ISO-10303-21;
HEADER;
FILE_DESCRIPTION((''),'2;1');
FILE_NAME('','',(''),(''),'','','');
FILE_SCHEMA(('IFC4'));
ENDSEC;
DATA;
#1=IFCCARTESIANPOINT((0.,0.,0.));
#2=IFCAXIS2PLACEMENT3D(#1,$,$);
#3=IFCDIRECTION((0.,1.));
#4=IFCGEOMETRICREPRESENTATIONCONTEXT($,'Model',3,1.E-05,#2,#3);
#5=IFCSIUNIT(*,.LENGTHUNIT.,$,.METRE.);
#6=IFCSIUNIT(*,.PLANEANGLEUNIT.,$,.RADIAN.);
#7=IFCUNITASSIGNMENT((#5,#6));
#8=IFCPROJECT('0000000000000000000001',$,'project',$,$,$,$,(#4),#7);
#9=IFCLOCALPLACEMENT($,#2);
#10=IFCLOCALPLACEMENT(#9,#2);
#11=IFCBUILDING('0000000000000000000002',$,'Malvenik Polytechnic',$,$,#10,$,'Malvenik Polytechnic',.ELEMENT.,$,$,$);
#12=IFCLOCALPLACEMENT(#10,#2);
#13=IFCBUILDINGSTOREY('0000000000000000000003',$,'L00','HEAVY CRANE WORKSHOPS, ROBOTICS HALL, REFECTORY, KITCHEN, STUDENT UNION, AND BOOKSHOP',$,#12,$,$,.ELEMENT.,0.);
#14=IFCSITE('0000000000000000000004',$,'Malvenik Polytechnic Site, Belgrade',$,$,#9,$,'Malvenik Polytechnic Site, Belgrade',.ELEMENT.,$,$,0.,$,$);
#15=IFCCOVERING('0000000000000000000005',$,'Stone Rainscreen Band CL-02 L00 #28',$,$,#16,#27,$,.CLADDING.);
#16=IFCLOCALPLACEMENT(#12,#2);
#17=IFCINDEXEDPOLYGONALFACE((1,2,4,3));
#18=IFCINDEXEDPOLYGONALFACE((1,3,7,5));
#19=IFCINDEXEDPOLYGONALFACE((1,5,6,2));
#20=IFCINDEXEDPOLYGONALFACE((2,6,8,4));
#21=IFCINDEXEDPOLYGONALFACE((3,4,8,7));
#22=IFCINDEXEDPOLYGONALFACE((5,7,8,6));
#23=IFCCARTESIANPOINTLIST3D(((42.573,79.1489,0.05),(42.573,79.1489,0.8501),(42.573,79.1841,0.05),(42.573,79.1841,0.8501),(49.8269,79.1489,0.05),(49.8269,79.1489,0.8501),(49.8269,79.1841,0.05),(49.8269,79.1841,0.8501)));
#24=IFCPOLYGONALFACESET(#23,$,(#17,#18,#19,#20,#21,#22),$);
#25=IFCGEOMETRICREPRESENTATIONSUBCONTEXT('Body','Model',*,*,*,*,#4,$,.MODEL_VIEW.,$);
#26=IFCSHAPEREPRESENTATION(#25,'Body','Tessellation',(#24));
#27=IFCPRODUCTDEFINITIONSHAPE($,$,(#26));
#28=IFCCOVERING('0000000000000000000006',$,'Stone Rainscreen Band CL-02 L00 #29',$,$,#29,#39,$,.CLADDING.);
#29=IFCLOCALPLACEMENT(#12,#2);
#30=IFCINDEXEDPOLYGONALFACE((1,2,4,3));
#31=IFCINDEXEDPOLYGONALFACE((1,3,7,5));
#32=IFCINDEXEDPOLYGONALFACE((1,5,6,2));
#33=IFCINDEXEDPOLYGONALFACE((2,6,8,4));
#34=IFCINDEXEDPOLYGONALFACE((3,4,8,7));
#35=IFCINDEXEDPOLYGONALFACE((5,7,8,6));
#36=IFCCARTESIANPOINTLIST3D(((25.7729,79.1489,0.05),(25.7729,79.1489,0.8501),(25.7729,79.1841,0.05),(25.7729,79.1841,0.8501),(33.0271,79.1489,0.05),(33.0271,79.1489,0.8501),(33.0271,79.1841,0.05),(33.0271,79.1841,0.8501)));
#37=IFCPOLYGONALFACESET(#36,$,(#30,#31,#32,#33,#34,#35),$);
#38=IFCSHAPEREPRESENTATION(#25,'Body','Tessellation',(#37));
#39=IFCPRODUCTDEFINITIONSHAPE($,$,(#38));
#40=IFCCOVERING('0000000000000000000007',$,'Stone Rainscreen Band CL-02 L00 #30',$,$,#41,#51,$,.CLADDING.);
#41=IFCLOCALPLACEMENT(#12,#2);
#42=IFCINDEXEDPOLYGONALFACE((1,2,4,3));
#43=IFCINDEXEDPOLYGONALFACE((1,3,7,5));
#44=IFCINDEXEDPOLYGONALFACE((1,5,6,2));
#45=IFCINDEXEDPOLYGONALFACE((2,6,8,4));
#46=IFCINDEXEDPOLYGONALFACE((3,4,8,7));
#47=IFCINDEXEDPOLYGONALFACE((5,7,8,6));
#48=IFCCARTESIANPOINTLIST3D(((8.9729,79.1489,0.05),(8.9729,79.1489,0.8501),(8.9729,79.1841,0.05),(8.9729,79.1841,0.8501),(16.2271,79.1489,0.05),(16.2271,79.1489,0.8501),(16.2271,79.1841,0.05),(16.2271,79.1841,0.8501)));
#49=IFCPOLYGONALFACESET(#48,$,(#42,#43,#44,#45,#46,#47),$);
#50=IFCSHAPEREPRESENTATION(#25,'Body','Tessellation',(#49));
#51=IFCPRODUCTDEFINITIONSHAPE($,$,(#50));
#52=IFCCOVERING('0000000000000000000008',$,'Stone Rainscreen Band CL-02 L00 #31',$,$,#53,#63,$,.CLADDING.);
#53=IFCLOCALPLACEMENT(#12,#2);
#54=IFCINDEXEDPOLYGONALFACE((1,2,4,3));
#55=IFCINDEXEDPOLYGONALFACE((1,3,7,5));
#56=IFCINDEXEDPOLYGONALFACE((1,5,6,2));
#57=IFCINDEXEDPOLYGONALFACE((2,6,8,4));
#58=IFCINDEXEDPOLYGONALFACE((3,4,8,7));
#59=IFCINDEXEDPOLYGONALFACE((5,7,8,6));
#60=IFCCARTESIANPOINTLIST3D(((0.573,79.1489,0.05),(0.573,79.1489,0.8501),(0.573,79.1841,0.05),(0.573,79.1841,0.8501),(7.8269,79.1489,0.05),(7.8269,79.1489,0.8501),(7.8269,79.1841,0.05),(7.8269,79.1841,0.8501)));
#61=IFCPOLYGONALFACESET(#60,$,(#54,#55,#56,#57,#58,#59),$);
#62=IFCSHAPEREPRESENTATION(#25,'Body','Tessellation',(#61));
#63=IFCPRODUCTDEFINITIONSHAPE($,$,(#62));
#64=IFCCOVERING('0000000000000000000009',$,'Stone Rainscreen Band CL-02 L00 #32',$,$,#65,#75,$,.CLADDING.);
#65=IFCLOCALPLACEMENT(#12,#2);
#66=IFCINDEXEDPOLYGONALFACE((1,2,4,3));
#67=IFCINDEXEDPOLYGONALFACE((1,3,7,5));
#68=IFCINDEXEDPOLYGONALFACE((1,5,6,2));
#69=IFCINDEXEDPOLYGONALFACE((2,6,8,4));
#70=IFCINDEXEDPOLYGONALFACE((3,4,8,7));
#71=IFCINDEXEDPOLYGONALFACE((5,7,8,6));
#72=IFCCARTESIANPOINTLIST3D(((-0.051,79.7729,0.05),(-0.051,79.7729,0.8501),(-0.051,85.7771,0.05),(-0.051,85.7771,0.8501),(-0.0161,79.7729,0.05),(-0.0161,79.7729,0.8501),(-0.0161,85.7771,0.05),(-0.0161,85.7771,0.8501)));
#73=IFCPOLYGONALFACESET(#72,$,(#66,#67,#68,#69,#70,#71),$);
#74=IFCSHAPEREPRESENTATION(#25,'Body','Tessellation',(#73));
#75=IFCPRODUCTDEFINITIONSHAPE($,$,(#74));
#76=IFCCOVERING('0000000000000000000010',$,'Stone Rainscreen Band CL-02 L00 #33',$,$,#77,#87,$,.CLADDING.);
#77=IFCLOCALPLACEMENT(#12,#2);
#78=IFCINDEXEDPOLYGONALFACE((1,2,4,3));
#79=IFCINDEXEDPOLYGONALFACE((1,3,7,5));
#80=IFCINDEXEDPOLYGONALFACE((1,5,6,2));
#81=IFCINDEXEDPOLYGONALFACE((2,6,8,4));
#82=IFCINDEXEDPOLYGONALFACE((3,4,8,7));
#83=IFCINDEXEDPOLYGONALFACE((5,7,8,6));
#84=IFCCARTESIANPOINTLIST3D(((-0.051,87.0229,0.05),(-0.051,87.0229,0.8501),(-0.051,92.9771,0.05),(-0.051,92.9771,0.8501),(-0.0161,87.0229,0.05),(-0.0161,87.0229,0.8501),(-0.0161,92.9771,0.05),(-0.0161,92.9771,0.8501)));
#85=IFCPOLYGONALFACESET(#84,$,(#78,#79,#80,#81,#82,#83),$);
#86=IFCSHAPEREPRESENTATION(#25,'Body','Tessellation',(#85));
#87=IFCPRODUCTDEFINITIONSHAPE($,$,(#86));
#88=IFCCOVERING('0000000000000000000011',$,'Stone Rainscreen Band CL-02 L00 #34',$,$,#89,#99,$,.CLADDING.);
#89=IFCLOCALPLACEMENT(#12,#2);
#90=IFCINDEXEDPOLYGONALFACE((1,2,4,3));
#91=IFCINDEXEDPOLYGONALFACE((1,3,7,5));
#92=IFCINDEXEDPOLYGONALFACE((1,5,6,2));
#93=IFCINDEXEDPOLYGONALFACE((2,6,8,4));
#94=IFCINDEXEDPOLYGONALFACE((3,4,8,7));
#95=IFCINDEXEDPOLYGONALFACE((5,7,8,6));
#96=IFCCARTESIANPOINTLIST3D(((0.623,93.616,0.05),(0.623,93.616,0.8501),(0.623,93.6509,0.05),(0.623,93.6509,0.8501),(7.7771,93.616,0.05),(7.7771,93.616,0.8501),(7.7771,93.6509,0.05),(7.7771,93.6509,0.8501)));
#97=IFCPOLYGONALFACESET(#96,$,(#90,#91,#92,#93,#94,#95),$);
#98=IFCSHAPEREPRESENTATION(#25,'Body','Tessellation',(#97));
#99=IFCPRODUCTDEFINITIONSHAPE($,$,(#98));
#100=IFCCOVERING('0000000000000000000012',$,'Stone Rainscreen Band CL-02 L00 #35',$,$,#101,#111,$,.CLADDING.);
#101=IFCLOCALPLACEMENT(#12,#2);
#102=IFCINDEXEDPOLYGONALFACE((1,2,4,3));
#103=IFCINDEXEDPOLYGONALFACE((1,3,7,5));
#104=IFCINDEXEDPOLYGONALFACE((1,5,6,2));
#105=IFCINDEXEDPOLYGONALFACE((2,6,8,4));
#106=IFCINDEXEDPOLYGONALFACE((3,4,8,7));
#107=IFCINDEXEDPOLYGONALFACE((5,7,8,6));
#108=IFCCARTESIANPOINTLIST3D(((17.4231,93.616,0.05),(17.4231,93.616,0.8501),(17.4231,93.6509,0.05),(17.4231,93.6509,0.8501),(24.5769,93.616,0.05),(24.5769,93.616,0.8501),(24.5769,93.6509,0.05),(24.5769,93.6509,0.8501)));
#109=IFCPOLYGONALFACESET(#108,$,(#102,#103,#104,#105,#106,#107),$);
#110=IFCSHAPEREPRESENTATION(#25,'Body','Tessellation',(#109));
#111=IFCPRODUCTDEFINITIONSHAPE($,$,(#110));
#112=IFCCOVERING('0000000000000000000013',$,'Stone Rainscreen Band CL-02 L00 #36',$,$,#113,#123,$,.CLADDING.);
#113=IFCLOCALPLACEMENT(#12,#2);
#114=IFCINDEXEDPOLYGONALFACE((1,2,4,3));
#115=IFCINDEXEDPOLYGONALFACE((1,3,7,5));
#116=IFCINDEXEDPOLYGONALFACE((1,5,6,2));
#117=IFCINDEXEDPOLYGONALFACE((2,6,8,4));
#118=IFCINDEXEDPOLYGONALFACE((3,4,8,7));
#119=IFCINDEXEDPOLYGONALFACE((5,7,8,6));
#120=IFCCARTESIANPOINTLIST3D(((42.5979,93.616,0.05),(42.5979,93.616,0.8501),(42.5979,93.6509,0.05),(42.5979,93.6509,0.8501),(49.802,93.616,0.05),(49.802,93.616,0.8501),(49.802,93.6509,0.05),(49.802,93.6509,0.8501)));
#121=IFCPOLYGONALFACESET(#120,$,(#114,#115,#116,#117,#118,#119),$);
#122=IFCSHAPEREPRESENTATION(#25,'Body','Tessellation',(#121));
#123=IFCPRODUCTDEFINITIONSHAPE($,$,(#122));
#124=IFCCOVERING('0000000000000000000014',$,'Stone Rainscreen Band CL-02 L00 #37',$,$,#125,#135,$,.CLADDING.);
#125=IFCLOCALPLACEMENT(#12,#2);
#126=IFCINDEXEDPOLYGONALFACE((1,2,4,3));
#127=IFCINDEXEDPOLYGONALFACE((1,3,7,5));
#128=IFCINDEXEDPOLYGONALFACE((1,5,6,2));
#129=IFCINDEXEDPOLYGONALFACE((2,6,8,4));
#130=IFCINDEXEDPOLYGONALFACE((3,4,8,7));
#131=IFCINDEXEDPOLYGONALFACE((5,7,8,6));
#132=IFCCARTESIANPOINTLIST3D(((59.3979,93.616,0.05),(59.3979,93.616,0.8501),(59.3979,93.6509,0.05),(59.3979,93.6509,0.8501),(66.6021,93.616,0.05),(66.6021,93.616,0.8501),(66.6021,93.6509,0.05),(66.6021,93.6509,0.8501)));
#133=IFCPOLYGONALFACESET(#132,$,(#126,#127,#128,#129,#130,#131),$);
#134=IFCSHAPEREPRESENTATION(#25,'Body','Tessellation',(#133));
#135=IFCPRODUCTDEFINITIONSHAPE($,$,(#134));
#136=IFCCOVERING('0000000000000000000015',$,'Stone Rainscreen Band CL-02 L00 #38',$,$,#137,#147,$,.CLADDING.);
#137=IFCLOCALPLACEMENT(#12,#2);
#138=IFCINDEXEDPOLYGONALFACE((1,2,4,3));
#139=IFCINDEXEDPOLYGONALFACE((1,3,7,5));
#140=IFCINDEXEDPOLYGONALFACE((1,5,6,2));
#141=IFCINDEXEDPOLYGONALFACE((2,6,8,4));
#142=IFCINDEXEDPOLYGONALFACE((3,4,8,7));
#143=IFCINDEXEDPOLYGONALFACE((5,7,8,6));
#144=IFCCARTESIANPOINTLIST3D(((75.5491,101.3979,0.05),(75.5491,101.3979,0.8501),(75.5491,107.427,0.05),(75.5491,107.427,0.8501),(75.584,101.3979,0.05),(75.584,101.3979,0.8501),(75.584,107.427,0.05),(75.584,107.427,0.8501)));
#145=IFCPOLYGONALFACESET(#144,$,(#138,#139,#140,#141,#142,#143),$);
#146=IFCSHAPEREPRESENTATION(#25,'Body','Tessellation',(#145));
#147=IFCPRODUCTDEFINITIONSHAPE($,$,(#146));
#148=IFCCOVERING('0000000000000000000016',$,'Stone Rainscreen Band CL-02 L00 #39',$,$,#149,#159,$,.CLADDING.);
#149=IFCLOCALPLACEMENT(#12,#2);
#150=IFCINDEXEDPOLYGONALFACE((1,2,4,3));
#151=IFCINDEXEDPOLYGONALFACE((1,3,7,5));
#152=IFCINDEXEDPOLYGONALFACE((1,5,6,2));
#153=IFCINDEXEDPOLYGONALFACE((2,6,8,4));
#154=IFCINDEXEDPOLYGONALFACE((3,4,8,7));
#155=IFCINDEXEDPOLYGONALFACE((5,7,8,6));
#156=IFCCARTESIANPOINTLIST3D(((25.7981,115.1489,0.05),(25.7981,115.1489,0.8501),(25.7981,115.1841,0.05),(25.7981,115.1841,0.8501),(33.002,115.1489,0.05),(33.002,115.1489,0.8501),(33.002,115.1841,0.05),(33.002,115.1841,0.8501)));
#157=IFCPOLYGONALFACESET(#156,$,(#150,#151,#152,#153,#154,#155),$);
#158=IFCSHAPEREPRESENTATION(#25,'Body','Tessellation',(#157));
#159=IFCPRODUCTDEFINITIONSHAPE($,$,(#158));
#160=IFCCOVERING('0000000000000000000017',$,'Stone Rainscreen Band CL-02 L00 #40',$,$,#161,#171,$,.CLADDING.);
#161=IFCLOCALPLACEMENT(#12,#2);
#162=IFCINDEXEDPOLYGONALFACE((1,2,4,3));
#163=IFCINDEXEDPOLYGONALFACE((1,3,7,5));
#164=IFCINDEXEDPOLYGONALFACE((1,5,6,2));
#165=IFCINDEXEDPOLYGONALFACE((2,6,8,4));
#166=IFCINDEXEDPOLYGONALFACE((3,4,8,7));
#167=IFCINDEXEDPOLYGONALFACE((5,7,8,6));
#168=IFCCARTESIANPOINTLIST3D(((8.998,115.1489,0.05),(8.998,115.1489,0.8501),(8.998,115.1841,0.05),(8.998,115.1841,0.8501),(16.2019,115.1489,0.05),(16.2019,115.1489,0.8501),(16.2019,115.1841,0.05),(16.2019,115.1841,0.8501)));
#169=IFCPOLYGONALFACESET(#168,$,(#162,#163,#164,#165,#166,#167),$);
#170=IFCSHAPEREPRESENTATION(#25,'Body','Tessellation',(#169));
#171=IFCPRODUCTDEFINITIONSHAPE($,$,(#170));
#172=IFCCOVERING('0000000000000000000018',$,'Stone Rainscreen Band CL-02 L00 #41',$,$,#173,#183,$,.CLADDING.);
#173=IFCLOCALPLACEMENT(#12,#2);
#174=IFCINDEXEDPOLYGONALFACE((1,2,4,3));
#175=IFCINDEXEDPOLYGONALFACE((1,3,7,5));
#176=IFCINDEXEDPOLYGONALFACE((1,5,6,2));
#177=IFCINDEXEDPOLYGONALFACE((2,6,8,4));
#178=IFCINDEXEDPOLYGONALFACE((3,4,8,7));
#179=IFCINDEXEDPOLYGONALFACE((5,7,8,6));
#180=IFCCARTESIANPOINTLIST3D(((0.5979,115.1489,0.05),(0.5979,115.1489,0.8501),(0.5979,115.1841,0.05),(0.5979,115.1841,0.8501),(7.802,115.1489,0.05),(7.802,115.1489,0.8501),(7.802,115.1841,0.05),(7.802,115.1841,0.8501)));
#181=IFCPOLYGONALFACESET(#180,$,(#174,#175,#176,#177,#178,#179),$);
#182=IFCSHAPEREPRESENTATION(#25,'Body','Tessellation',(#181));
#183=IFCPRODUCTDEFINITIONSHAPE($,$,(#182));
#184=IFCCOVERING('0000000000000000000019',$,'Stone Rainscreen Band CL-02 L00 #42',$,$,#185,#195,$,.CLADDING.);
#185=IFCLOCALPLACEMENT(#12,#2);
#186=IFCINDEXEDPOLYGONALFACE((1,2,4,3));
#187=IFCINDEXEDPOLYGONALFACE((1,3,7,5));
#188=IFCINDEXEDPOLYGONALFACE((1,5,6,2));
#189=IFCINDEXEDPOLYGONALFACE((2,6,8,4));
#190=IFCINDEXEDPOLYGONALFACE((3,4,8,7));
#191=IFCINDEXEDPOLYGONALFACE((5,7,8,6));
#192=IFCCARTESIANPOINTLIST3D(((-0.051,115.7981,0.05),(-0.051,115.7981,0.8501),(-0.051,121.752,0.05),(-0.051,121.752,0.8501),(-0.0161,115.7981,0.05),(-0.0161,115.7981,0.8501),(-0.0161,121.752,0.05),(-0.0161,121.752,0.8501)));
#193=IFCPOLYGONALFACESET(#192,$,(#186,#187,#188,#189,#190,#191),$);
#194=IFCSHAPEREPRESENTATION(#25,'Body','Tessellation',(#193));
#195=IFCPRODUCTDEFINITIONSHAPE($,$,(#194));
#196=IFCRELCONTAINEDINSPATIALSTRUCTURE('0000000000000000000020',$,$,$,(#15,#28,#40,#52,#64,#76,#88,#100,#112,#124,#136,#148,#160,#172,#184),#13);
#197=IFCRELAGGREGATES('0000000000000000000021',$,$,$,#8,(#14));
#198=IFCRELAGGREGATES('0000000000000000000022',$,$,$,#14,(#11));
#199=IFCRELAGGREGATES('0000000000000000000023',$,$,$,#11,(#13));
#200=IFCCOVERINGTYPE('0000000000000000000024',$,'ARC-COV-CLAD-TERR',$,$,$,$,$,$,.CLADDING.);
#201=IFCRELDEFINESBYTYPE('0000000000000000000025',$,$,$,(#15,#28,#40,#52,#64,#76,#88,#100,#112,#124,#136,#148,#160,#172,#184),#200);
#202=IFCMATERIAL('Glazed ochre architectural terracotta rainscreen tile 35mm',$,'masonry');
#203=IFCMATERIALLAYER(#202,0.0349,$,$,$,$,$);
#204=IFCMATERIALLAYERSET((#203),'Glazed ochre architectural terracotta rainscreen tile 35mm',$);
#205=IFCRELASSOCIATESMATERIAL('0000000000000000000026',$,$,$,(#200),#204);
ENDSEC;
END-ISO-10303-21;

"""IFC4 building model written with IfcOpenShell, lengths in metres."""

from ifc_helpers import new_model, si_unit, direction, frame, origin, place, context, subcontext, project, spatial, polyline, outline, extrude, material, layer, layer_set, type_object, element, save


model = new_model("IFC4")

# Units and contexts
model_context = context("Model", 3, precision=1e-05, world=origin(), true_north=direction((0.0, 1.0)))
body_context = subcontext(model_context, "Body", "Model", "MODEL_VIEW")
ifc_project = project(units=[si_unit("LENGTHUNIT", "METRE"), si_unit("PLANEANGLEUNIT", "RADIAN")], contexts=[model_context])

# Site, building, storey
site_placement = place(None, origin())
site = spatial("IfcSite", under=ifc_project, at=site_placement, Name="Malvenik Polytechnic Site, Belgrade", LongName="Malvenik Polytechnic Site, Belgrade", CompositionType="ELEMENT", RefElevation=0.0)
building_placement = place(site_placement, origin())
building = spatial("IfcBuilding", under=site, at=building_placement, Name="Malvenik Polytechnic", LongName="Malvenik Polytechnic", CompositionType="ELEMENT")
storey_placement = place(building_placement, origin())
storey = spatial("IfcBuildingStorey", under=building, at=storey_placement, Name="L00", Description="HEAVY CRANE WORKSHOPS, ROBOTICS HALL, REFECTORY, KITCHEN, STUDENT UNION, AND BOOKSHOP", CompositionType="ELEMENT", Elevation=0.0)

# Coverings
ifc_material_1 = material(Name="Glazed ochre architectural terracotta rainscreen tile 35mm", Category="masonry")
ifc_layer_1 = layer(ifc_material_1, 0.0349)
ifc_layer_set_1 = layer_set([ifc_layer_1], Name="Glazed ochre architectural terracotta rainscreen tile 35mm")
covering_type = type_object("IfcCoveringType", Name="ARC-COV-CLAD-TERR", PredefinedType="CLADDING", material=ifc_layer_set_1)
covering_1_placement = place(storey_placement, frame((0.0, 0.0, 0.05)))
element("IfcCovering", 1, at=covering_1_placement, inside=storey, type_object=covering_type, Name="Stone Rainscreen Band CL-02 L00 #28", PredefinedType="CLADDING", context=body_context, shape_type="SweptSolid", body=[
    extrude(outline(polyline([(49.8269, 79.1841), (42.573, 79.1841), (42.573, 79.1489), (49.8269, 79.1489), (49.8269, 79.1841)])), origin(), (0.0, 0.0, 1.0), 0.8),
])
covering_2_placement = place(storey_placement, frame((0.0, 0.0, 0.05)))
element("IfcCovering", 2, at=covering_2_placement, inside=storey, type_object=covering_type, Name="Stone Rainscreen Band CL-02 L00 #29", PredefinedType="CLADDING", context=body_context, shape_type="SweptSolid", body=[
    extrude(outline(polyline([(33.0271, 79.1841), (25.7729, 79.1841), (25.7729, 79.1489), (33.0271, 79.1489), (33.0271, 79.1841)])), origin(), (0.0, 0.0, 1.0), 0.8),
])
covering_3_placement = place(storey_placement, frame((0.0, 0.0, 0.05)))
element("IfcCovering", 3, at=covering_3_placement, inside=storey, type_object=covering_type, Name="Stone Rainscreen Band CL-02 L00 #30", PredefinedType="CLADDING", context=body_context, shape_type="SweptSolid", body=[
    extrude(outline(polyline([(16.2271, 79.1841), (8.9729, 79.1841), (8.9729, 79.1489), (16.2271, 79.1489), (16.2271, 79.1841)])), origin(), (0.0, 0.0, 1.0), 0.8),
])
covering_4_placement = place(storey_placement, frame((0.0, 0.0, 0.05)))
element("IfcCovering", 4, at=covering_4_placement, inside=storey, type_object=covering_type, Name="Stone Rainscreen Band CL-02 L00 #31", PredefinedType="CLADDING", context=body_context, shape_type="SweptSolid", body=[
    extrude(outline(polyline([(7.8269, 79.1841), (0.573, 79.1841), (0.573, 79.1489), (7.8269, 79.1489), (7.8269, 79.1841)])), origin(), (0.0, 0.0, 1.0), 0.8),
])
covering_5_placement = place(storey_placement, frame((0.0, 0.0, 0.05)))
element("IfcCovering", 5, at=covering_5_placement, inside=storey, type_object=covering_type, Name="Stone Rainscreen Band CL-02 L00 #32", PredefinedType="CLADDING", context=body_context, shape_type="SweptSolid", body=[
    extrude(outline(polyline([(-0.0161, 79.7729), (-0.0161, 85.7771), (-0.051, 85.7771), (-0.051, 79.7729), (-0.0161, 79.7729)])), origin(), (0.0, 0.0, 1.0), 0.8),
])
covering_6_placement = place(storey_placement, frame((0.0, 0.0, 0.05)))
element("IfcCovering", 6, at=covering_6_placement, inside=storey, type_object=covering_type, Name="Stone Rainscreen Band CL-02 L00 #33", PredefinedType="CLADDING", context=body_context, shape_type="SweptSolid", body=[
    extrude(outline(polyline([(-0.0161, 87.0229), (-0.0161, 92.9771), (-0.051, 92.9771), (-0.051, 87.0229), (-0.0161, 87.0229)])), origin(), (0.0, 0.0, 1.0), 0.8),
])
covering_7_placement = place(storey_placement, frame((0.0, 0.0, 0.05)))
element("IfcCovering", 7, at=covering_7_placement, inside=storey, type_object=covering_type, Name="Stone Rainscreen Band CL-02 L00 #34", PredefinedType="CLADDING", context=body_context, shape_type="SweptSolid", body=[
    extrude(outline(polyline([(0.623, 93.616), (7.7771, 93.616), (7.7771, 93.6509), (0.623, 93.6509), (0.623, 93.616)])), origin(), (0.0, 0.0, 1.0), 0.8),
])
covering_8_placement = place(storey_placement, frame((0.0, 0.0, 0.05)))
element("IfcCovering", 8, at=covering_8_placement, inside=storey, type_object=covering_type, Name="Stone Rainscreen Band CL-02 L00 #35", PredefinedType="CLADDING", context=body_context, shape_type="SweptSolid", body=[
    extrude(outline(polyline([(17.4231, 93.616), (24.5769, 93.616), (24.5769, 93.6509), (17.4231, 93.6509), (17.4231, 93.616)])), origin(), (0.0, 0.0, 1.0), 0.8),
])
covering_9_placement = place(storey_placement, frame((0.0, 0.0, 0.05)))
element("IfcCovering", 9, at=covering_9_placement, inside=storey, type_object=covering_type, Name="Stone Rainscreen Band CL-02 L00 #36", PredefinedType="CLADDING", context=body_context, shape_type="SweptSolid", body=[
    extrude(outline(polyline([(42.5979, 93.616), (49.802, 93.616), (49.802, 93.6509), (42.5979, 93.6509), (42.5979, 93.616)])), origin(), (0.0, 0.0, 1.0), 0.8),
])
covering_10_placement = place(storey_placement, frame((0.0, 0.0, 0.05)))
element("IfcCovering", 10, at=covering_10_placement, inside=storey, type_object=covering_type, Name="Stone Rainscreen Band CL-02 L00 #37", PredefinedType="CLADDING", context=body_context, shape_type="SweptSolid", body=[
    extrude(outline(polyline([(59.3979, 93.616), (66.6021, 93.616), (66.6021, 93.6509), (59.3979, 93.6509), (59.3979, 93.616)])), origin(), (0.0, 0.0, 1.0), 0.8),
])
covering_11_placement = place(storey_placement, frame((0.0, 0.0, 0.05)))
element("IfcCovering", 11, at=covering_11_placement, inside=storey, type_object=covering_type, Name="Stone Rainscreen Band CL-02 L00 #38", PredefinedType="CLADDING", context=body_context, shape_type="SweptSolid", body=[
    extrude(outline(polyline([(75.584, 101.3979), (75.584, 107.427), (75.5491, 107.427), (75.5491, 101.3979), (75.584, 101.3979)])), origin(), (0.0, 0.0, 1.0), 0.8),
])
covering_12_placement = place(storey_placement, frame((0.0, 0.0, 0.05)))
element("IfcCovering", 12, at=covering_12_placement, inside=storey, type_object=covering_type, Name="Stone Rainscreen Band CL-02 L00 #39", PredefinedType="CLADDING", context=body_context, shape_type="SweptSolid", body=[
    extrude(outline(polyline([(33.002, 115.1841), (25.7981, 115.1841), (25.7981, 115.1489), (33.002, 115.1489), (33.002, 115.1841)])), origin(), (0.0, 0.0, 1.0), 0.8),
])
covering_13_placement = place(storey_placement, frame((0.0, 0.0, 0.05)))
element("IfcCovering", 13, at=covering_13_placement, inside=storey, type_object=covering_type, Name="Stone Rainscreen Band CL-02 L00 #40", PredefinedType="CLADDING", context=body_context, shape_type="SweptSolid", body=[
    extrude(outline(polyline([(16.2019, 115.1841), (8.998, 115.1841), (8.998, 115.1489), (16.2019, 115.1489), (16.2019, 115.1841)])), origin(), (0.0, 0.0, 1.0), 0.8),
])
covering_14_placement = place(storey_placement, frame((0.0, 0.0, 0.05)))
element("IfcCovering", 14, at=covering_14_placement, inside=storey, type_object=covering_type, Name="Stone Rainscreen Band CL-02 L00 #41", PredefinedType="CLADDING", context=body_context, shape_type="SweptSolid", body=[
    extrude(outline(polyline([(7.802, 115.1841), (0.5979, 115.1841), (0.5979, 115.1489), (7.802, 115.1489), (7.802, 115.1841)])), origin(), (0.0, 0.0, 1.0), 0.8),
])
covering_15_placement = place(storey_placement, frame((0.0, 0.0, 0.05)))
element("IfcCovering", 15, at=covering_15_placement, inside=storey, type_object=covering_type, Name="Stone Rainscreen Band CL-02 L00 #42", PredefinedType="CLADDING", context=body_context, shape_type="SweptSolid", body=[
    extrude(outline(polyline([(-0.0161, 115.7981), (-0.0161, 121.752), (-0.051, 121.752), (-0.051, 115.7981), (-0.0161, 115.7981)])), origin(), (0.0, 0.0, 1.0), 0.8),
])

save(model, "model.ifc")
